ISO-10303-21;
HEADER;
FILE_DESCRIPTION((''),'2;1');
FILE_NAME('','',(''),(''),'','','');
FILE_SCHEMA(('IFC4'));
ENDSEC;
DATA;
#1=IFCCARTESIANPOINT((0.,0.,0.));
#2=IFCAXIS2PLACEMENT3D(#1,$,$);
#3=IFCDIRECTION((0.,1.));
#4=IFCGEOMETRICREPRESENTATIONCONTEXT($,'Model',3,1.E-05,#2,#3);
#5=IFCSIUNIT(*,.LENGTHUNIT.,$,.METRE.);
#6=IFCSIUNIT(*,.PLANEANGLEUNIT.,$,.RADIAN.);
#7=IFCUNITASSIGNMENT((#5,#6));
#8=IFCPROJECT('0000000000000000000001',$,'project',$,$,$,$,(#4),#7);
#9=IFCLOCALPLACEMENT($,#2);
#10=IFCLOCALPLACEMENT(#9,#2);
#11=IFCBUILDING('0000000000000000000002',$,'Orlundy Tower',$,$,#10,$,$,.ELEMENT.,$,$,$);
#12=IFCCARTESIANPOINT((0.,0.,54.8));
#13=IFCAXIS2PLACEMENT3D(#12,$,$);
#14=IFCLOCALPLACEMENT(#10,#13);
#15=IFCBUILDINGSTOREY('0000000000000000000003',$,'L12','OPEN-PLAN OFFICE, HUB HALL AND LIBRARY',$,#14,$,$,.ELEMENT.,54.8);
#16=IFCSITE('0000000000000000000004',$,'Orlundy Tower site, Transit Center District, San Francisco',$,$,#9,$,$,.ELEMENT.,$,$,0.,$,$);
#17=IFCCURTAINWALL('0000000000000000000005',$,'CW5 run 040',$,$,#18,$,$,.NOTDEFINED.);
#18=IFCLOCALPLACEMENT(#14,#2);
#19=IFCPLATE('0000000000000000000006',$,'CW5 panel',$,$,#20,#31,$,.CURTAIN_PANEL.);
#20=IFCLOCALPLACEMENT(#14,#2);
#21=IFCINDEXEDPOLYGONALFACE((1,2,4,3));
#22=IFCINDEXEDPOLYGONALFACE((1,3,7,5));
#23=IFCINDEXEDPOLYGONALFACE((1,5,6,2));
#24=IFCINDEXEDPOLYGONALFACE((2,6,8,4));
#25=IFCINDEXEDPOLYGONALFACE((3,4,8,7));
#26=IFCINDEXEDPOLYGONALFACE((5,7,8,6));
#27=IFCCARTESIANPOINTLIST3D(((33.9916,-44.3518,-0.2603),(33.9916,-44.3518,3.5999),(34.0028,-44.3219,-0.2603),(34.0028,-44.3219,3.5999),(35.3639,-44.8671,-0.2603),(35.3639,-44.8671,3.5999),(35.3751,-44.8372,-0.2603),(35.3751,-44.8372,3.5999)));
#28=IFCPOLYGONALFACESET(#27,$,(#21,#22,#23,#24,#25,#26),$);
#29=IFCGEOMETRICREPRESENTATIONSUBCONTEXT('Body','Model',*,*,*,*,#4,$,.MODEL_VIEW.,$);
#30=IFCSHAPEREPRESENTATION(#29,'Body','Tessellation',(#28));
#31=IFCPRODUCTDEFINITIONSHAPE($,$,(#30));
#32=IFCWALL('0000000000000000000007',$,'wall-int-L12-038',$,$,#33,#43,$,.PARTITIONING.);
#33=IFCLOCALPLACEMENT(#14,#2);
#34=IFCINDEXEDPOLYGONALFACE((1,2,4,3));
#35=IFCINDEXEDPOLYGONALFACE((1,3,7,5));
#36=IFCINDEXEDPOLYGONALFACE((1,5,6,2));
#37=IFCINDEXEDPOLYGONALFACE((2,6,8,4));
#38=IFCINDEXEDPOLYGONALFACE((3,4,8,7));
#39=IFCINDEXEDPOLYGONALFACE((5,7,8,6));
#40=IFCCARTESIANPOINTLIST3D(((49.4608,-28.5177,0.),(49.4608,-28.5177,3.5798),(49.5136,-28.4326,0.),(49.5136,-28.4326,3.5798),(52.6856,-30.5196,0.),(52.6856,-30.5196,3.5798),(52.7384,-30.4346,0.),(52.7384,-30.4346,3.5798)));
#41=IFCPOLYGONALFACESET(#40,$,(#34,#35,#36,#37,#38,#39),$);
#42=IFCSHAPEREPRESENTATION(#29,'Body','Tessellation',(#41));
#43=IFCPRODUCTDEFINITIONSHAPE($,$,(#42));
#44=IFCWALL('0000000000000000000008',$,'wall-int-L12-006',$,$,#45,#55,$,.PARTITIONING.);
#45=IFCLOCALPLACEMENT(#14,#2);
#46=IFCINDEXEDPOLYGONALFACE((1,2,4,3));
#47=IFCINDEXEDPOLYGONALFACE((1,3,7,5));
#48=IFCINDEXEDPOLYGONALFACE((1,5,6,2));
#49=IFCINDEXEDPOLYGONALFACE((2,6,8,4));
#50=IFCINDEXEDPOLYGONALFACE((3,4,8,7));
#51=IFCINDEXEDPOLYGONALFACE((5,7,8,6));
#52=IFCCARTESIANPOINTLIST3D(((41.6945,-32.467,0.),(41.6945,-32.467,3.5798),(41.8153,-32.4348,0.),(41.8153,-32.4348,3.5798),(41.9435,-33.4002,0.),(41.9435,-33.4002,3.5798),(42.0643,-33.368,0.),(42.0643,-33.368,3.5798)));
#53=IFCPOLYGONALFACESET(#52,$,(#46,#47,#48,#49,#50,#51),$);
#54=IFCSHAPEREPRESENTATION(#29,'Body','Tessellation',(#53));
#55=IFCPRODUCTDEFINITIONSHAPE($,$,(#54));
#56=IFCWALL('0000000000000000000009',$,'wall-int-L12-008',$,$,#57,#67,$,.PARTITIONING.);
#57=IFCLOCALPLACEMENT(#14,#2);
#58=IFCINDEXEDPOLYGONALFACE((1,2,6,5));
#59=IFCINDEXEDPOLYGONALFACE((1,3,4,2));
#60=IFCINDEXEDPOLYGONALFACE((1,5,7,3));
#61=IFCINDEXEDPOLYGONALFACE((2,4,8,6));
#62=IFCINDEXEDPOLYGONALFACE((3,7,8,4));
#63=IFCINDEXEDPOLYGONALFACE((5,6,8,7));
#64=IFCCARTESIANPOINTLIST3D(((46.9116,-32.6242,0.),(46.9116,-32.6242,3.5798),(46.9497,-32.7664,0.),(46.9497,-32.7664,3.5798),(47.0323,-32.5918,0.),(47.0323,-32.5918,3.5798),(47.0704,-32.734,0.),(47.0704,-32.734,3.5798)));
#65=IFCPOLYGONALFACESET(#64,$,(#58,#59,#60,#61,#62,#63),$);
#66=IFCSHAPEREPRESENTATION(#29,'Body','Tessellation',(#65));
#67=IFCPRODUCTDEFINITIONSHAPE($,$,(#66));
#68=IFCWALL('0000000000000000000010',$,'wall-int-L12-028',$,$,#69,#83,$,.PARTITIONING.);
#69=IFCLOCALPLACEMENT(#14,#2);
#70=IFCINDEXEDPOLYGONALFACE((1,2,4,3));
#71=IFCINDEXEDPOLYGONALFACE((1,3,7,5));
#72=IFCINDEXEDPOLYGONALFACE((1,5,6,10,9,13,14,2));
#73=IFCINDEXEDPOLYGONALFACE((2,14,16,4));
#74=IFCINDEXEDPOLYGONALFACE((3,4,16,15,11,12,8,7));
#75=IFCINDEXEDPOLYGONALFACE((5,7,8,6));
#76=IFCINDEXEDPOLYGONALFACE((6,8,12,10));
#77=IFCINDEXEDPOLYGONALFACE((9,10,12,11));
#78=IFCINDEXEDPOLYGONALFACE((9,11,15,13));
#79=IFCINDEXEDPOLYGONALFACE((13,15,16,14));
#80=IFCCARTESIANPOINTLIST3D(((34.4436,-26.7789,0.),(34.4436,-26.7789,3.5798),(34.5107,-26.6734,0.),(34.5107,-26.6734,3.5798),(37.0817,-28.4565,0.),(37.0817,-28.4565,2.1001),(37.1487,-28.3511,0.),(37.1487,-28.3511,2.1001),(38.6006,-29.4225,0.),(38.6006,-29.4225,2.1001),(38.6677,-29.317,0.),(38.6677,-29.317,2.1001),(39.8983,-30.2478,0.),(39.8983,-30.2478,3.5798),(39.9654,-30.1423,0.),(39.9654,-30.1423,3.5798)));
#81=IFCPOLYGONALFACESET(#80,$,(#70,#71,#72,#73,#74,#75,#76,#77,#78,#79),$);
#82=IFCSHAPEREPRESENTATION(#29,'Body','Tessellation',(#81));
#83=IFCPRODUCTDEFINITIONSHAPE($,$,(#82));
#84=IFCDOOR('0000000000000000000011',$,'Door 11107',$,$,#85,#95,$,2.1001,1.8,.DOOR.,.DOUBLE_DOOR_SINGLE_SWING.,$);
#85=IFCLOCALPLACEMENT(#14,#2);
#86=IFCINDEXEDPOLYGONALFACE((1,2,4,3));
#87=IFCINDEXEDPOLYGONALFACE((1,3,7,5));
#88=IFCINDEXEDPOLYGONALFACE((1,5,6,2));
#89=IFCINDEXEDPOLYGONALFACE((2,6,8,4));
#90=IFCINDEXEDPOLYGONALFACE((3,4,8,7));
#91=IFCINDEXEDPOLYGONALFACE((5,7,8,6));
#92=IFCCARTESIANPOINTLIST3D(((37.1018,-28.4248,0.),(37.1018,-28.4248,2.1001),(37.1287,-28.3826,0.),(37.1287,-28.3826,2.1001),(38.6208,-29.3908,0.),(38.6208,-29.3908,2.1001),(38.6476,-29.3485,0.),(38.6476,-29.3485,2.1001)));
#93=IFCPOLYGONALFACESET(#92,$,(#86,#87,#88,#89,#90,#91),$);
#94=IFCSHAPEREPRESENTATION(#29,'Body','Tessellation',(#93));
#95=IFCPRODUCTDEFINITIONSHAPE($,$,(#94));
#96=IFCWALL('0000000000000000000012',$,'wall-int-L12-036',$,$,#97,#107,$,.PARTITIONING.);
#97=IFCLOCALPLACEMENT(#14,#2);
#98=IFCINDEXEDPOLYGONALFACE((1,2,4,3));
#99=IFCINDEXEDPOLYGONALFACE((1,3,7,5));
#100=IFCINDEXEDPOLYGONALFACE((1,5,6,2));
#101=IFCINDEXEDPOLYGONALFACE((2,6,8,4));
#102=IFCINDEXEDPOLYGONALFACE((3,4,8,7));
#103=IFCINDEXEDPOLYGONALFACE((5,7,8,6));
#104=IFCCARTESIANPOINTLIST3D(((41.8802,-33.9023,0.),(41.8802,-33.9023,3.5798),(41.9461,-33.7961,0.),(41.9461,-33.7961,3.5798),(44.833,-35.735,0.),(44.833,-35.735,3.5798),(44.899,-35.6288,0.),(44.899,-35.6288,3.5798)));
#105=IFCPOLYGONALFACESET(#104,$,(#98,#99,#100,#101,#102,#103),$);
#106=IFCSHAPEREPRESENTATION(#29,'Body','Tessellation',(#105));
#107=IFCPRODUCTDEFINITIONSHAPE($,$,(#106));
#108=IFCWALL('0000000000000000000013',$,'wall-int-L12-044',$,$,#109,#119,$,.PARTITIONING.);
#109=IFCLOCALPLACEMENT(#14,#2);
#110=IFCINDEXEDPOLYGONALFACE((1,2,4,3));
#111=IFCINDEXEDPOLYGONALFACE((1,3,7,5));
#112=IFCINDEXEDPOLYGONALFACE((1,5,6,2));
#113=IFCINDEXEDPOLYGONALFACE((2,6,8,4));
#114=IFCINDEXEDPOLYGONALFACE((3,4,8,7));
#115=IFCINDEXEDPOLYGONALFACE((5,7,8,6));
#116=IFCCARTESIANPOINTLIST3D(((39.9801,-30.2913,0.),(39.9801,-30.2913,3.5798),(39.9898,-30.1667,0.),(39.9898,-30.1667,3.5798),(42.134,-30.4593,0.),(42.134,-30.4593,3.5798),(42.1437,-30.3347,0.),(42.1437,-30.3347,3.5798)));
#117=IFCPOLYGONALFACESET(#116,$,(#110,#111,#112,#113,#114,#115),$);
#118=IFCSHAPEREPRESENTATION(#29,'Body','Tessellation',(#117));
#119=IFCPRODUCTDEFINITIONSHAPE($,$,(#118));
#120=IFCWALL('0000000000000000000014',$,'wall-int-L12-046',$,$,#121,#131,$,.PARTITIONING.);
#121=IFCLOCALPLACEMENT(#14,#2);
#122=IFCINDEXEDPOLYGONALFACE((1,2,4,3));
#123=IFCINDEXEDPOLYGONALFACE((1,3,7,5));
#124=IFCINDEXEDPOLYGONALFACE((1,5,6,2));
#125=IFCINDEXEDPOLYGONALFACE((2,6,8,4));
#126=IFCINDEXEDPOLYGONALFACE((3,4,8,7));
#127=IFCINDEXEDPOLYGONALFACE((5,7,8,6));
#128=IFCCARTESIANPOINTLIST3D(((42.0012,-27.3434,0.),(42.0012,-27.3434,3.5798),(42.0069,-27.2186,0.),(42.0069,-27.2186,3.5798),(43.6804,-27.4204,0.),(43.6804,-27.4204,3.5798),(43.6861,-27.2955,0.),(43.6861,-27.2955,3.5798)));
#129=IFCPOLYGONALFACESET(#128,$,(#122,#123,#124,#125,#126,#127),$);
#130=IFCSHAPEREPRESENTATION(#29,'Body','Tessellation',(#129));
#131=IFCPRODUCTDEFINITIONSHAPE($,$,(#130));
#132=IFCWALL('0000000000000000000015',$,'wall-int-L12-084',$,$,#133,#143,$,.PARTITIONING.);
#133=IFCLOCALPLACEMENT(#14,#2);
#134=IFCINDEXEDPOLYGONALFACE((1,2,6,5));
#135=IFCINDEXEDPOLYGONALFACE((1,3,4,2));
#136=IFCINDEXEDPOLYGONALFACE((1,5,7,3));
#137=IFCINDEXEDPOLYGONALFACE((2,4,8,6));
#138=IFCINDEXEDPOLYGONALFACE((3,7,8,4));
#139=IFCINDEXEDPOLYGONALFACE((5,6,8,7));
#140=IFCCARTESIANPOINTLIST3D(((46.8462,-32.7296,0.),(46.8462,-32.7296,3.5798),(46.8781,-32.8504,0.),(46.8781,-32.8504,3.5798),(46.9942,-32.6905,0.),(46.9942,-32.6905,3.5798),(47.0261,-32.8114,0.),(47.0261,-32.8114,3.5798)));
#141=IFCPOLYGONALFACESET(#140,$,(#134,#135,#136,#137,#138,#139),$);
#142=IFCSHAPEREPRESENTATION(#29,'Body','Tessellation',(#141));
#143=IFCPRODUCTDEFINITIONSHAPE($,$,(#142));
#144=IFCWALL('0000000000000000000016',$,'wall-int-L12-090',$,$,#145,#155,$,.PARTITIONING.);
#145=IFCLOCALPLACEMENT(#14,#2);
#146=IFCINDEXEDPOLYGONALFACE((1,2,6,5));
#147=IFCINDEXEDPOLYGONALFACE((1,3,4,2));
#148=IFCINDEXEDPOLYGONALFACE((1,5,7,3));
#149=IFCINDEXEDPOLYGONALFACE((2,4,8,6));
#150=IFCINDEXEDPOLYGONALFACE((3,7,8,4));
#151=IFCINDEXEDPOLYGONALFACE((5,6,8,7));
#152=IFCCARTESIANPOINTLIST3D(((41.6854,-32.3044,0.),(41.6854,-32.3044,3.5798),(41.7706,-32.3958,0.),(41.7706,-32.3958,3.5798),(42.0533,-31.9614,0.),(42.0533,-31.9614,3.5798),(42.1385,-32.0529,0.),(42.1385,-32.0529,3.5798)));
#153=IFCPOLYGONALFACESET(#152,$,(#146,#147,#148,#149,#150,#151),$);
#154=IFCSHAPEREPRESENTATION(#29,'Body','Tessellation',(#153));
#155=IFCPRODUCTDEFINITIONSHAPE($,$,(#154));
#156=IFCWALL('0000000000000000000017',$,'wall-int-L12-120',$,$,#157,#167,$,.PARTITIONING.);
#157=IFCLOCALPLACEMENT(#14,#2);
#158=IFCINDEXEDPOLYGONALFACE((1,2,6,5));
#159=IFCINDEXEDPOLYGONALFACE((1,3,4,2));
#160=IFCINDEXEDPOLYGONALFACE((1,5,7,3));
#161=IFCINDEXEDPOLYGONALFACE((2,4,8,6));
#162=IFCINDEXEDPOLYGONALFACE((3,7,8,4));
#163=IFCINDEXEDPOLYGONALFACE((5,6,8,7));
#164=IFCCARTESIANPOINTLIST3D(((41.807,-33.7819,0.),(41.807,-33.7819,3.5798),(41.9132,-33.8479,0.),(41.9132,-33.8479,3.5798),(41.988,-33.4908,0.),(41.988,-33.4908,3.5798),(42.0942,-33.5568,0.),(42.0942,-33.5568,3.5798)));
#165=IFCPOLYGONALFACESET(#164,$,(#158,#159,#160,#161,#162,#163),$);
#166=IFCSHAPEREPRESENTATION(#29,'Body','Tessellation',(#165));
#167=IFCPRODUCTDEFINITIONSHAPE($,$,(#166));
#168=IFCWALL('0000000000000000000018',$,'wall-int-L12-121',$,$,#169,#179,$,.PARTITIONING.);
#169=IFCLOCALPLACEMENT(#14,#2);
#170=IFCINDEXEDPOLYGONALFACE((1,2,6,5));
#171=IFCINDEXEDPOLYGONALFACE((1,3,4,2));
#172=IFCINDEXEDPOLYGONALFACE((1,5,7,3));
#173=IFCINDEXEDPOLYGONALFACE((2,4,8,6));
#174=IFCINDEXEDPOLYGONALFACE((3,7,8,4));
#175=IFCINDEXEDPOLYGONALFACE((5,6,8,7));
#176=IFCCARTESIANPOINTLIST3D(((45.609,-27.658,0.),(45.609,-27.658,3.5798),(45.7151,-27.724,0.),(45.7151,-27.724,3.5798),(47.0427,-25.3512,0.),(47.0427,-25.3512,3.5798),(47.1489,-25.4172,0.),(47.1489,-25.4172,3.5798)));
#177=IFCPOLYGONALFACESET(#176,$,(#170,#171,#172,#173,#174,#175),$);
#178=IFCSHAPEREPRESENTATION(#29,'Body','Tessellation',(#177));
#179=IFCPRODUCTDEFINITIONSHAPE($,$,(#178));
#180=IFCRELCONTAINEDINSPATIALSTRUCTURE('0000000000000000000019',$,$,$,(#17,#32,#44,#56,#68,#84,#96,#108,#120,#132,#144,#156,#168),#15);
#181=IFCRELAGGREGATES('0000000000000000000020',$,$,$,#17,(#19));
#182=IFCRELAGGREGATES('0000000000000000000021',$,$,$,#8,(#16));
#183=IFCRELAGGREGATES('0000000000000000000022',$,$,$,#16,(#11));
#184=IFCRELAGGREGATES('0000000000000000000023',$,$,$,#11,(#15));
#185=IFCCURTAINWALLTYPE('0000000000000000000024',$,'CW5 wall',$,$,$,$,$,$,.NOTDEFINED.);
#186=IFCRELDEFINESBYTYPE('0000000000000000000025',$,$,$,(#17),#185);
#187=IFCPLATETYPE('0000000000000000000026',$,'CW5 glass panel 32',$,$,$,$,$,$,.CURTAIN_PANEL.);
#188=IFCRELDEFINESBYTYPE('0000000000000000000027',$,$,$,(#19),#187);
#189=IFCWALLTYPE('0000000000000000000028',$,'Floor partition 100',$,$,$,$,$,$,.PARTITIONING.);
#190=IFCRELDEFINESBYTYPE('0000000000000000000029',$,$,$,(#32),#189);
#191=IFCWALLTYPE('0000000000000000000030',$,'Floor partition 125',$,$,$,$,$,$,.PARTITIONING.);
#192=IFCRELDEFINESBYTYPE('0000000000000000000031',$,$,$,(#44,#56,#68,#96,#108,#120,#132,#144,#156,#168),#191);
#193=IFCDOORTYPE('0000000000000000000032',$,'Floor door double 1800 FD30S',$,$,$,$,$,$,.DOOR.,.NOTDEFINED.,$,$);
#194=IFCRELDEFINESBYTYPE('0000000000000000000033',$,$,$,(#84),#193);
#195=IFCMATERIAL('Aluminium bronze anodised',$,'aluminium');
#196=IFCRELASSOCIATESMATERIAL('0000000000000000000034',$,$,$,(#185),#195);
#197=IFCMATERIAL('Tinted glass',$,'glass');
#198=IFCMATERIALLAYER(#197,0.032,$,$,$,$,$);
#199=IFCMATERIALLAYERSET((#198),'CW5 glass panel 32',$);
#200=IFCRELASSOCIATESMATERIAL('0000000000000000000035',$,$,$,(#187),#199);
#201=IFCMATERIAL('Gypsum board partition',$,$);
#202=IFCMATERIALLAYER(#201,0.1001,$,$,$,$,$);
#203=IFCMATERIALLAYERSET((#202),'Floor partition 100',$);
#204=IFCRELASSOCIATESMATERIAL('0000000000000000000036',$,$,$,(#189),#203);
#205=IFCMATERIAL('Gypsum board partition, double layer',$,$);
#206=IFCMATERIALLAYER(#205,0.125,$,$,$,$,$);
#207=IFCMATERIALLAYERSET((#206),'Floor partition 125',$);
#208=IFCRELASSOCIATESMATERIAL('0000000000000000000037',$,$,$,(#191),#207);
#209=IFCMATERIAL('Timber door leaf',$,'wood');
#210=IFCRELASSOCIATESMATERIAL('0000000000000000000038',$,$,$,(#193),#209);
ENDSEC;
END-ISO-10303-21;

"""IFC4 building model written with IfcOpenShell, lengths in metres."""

from ifc_helpers import new_model, si_unit, direction, frame, frame_2d, origin, origin_2d, place, context, subcontext, project, spatial, rectangle, extrude, material, layer, layer_set, type_object, element, fill, aggregate, save


model = new_model("IFC4")

# Units and contexts
model_context = context("Model", 3, precision=1e-05, world=origin(), true_north=direction((0.0, 1.0)))
body_context = subcontext(model_context, "Body", "Model", "MODEL_VIEW")
ifc_project = project(units=[si_unit("LENGTHUNIT", "METRE"), si_unit("PLANEANGLEUNIT", "RADIAN")], contexts=[model_context])

# Site, building, storey
site_placement = place(None, origin())
site = spatial("IfcSite", under=ifc_project, at=site_placement, Name="Orlundy Tower site, Transit Center District, San Francisco", CompositionType="ELEMENT", RefElevation=0.0)
building_placement = place(site_placement, origin())
building = spatial("IfcBuilding", under=site, at=building_placement, Name="Orlundy Tower", CompositionType="ELEMENT")
storey_placement = place(building_placement, frame((0.0, 0.0, 54.8)))
storey = spatial("IfcBuildingStorey", under=building, at=storey_placement, Name="L12", Description="OPEN-PLAN OFFICE, HUB HALL AND LIBRARY", CompositionType="ELEMENT", Elevation=54.8)

# Curtain wall
ifc_material_1 = material(Name="Aluminium bronze anodised", Category="aluminium")
curtain_wall_type = type_object("IfcCurtainWallType", Name="CW5 wall", PredefinedType="NOTDEFINED", material=ifc_material_1)
curtain_wall_1_placement = place(storey_placement, origin())
curtain_wall_1 = element("IfcCurtainWall", 1, at=curtain_wall_1_placement, inside=storey, type_object=curtain_wall_type, Name="CW5 run 040", PredefinedType="NOTDEFINED")

# Plate
ifc_material_2 = material(Name="Tinted glass", Category="glass")
ifc_layer_1 = layer(ifc_material_2, 0.032)
ifc_layer_set_1 = layer_set([ifc_layer_1], Name="CW5 glass panel 32")
plate_type = type_object("IfcPlateType", Name="CW5 glass panel 32", PredefinedType="CURTAIN_PANEL", material=ifc_layer_set_1)
plate_1_placement = place(storey_placement, frame((34.6833, -44.5945, -0.2603), z_axis=(0.0, 0.0, 1.0), x_axis=(-0.936174, 0.351537, 0.0)))
plate_1 = element("IfcPlate", 2, at=plate_1_placement, type_object=plate_type, Name="CW5 panel", PredefinedType="CURTAIN_PANEL", context=body_context, shape_type="SweptSolid", body=[
    extrude(rectangle(XDim=1.4658, YDim=0.032, at=origin_2d()), origin(), (0.0, 0.0, 1.0), 3.8601),
])
aggregate(curtain_wall_1, [plate_1])

# Walls
ifc_material_3 = material(Name="Gypsum board partition")
ifc_layer_2 = layer(ifc_material_3, 0.1001)
ifc_layer_set_2 = layer_set([ifc_layer_2], Name="Floor partition 100")
wall_type_1 = type_object("IfcWallType", Name="Floor partition 100", PredefinedType="PARTITIONING", material=ifc_layer_set_2)
wall_1_placement = place(storey_placement, frame((49.4871, -28.4751, 0.0), z_axis=(0.0, 0.0, 1.0), x_axis=(0.849602, -0.527424, 0.0)))
element("IfcWall", 3, at=wall_1_placement, inside=storey, type_object=wall_type_1, Name="wall-int-L12-038", PredefinedType="PARTITIONING", context=body_context, shape_type="SweptSolid", body=[
    extrude(rectangle(XDim=3.7957, YDim=0.1001, at=frame_2d((1.8979, 0.0))), origin(), (0.0, 0.0, 1.0), 3.5798),
])
ifc_material_4 = material(Name="Gypsum board partition, double layer")
ifc_layer_3 = layer(ifc_material_4, 0.125)
ifc_layer_set_3 = layer_set([ifc_layer_3], Name="Floor partition 125")
wall_type_2 = type_object("IfcWallType", Name="Floor partition 125", PredefinedType="PARTITIONING", material=ifc_layer_set_3)
wall_2_placement = place(storey_placement, frame((41.7549, -32.4509, 0.0), z_axis=(0.0, 0.0, 1.0), x_axis=(0.257851, -0.966185, 0.0)))
element("IfcWall", 4, at=wall_2_placement, inside=storey, type_object=wall_type_2, Name="wall-int-L12-006", PredefinedType="PARTITIONING", context=body_context, shape_type="SweptSolid", body=[
    extrude(rectangle(XDim=0.9658, YDim=0.125, at=frame_2d((0.4829, 0.0))), origin(), (0.0, 0.0, 1.0), 3.5798),
])
wall_3_placement = place(storey_placement, frame((46.9719, -32.6079, 0.0), z_axis=(0.0, 0.0, 1.0), x_axis=(0.258902, -0.965904, 0.0)))
element("IfcWall", 5, at=wall_3_placement, inside=storey, type_object=wall_type_2, Name="wall-int-L12-008", PredefinedType="PARTITIONING", context=body_context, shape_type="SweptSolid", body=[
    extrude(rectangle(XDim=0.1472, YDim=0.125, at=frame_2d((0.0737, 0.0))), origin(), (0.0, 0.0, 1.0), 3.5798),
])

# Wall, opening, door
wall_4_placement = place(storey_placement, frame((39.9319, -30.1951, 0.0), z_axis=(0.0, 0.0, 1.0), x_axis=(-0.84382, 0.536626, 0.0)))
wall_4 = element("IfcWall", 6, at=wall_4_placement, inside=storey, type_object=wall_type_2, Name="wall-int-L12-028", PredefinedType="PARTITIONING", context=body_context, shape_type="SweptSolid", body=[
    extrude(rectangle(XDim=6.4644, YDim=0.125, at=frame_2d((3.2322, 0.0))), origin(), (0.0, 0.0, 1.0), 3.5798),
])
opening_1_placement = place(wall_4_placement, frame((1.5381, 0.0, 0.0)))
opening_1 = element("IfcOpeningElement", 7, at=opening_1_placement, cuts=wall_4, PredefinedType="OPENING", context=body_context, shape_type="SweptSolid", body=[
    extrude(rectangle(XDim=1.8, YDim=2.1001, at=frame_2d((0.8999, 1.05))), frame((0.0, 0.0725, 0.0), z_axis=(0.0, -1.0, 0.0), x_axis=(1.0, 0.0, 0.0)), (0.0, 0.0, 1.0), 0.145),
])
ifc_material_5 = material(Name="Timber door leaf", Category="wood")
door_type = type_object("IfcDoorType", Name="Floor door double 1800 FD30S", OperationType="NOTDEFINED", PredefinedType="DOOR", material=ifc_material_5)
door_1_placement = place(opening_1_placement, origin())
door_1 = element("IfcDoor", 8, at=door_1_placement, inside=storey, type_object=door_type, Name="Door 11107", OperationType="DOUBLE_DOOR_SINGLE_SWING", OverallHeight=2.1001, OverallWidth=1.8, PredefinedType="DOOR", context=body_context, shape_type="SweptSolid", body=[
    extrude(rectangle(XDim=1.8, YDim=2.1001, at=frame_2d((0.8999, 1.05))), frame((0.0, 0.0249, 0.0), z_axis=(0.0, -1.0, 0.0), x_axis=(1.0, 0.0, 0.0)), (0.0, 0.0, 1.0), 0.05),
])
fill(opening_1, door_1)

# Walls
wall_5_placement = place(storey_placement, frame((41.9131, -33.8491, 0.0), z_axis=(0.0, 0.0, 1.0), x_axis=(0.849648, -0.527351, 0.0)))
element("IfcWall", 9, at=wall_5_placement, inside=storey, type_object=wall_type_2, Name="wall-int-L12-036", PredefinedType="PARTITIONING", context=body_context, shape_type="SweptSolid", body=[
    extrude(rectangle(XDim=3.4753, YDim=0.125, at=frame_2d((1.7378, 0.0))), origin(), (0.0, 0.0, 1.0), 3.5798),
])
wall_6_placement = place(storey_placement, frame((39.9851, -30.229, 0.0), z_axis=(0.0, 0.0, 1.0), x_axis=(0.996973, -0.077751, 0.0)))
element("IfcWall", 10, at=wall_6_placement, inside=storey, type_object=wall_type_2, Name="wall-int-L12-044", PredefinedType="PARTITIONING", context=body_context, shape_type="SweptSolid", body=[
    extrude(rectangle(XDim=2.1604, YDim=0.125, at=frame_2d((1.0801, 0.0))), origin(), (0.0, 0.0, 1.0), 3.5798),
])
wall_7_placement = place(storey_placement, frame((43.6831, -27.3579, 0.0), z_axis=(0.0, 0.0, 1.0), x_axis=(-0.998953, 0.04575, 0.0)))
element("IfcWall", 11, at=wall_7_placement, inside=storey, type_object=wall_type_2, Name="wall-int-L12-046", PredefinedType="PARTITIONING", context=body_context, shape_type="SweptSolid", body=[
    extrude(rectangle(XDim=1.6809, YDim=0.125, at=frame_2d((0.8403, 0.0))), origin(), (0.0, 0.0, 1.0), 3.5798),
])
wall_8_placement = place(storey_placement, frame((46.8621, -32.79, 0.0), z_axis=(0.0, 0.0, 1.0), x_axis=(0.966868, 0.255279, 0.0)))
element("IfcWall", 12, at=wall_8_placement, inside=storey, type_object=wall_type_2, Name="wall-int-L12-084", PredefinedType="PARTITIONING", context=body_context, shape_type="SweptSolid", body=[
    extrude(rectangle(XDim=0.1531, YDim=0.125, at=frame_2d((0.0767, 0.0))), origin(), (0.0, 0.0, 1.0), 3.5798),
])
wall_9_placement = place(storey_placement, frame((41.728, -32.3501, 0.0), z_axis=(0.0, 0.0, 1.0), x_axis=(0.731426, 0.68192, 0.0)))
element("IfcWall", 13, at=wall_9_placement, inside=storey, type_object=wall_type_2, Name="wall-int-L12-090", PredefinedType="PARTITIONING", context=body_context, shape_type="SweptSolid", body=[
    extrude(rectangle(XDim=0.5029, YDim=0.125, at=frame_2d((0.2515, 0.0))), origin(), (0.0, 0.0, 1.0), 3.5798),
])
wall_10_placement = place(storey_placement, frame((41.8601, -33.8149, 0.0), z_axis=(0.0, 0.0, 1.0), x_axis=(0.527948, 0.849277, 0.0)))
element("IfcWall", 14, at=wall_10_placement, inside=storey, type_object=wall_type_2, Name="wall-int-L12-120", PredefinedType="PARTITIONING", context=body_context, shape_type="SweptSolid", body=[
    extrude(rectangle(XDim=0.3428, YDim=0.125, at=frame_2d((0.1714, 0.0))), origin(), (0.0, 0.0, 1.0), 3.5798),
])
wall_11_placement = place(storey_placement, frame((45.6621, -27.6909, 0.0), z_axis=(0.0, 0.0, 1.0), x_axis=(0.527889, 0.849314, 0.0)))
element("IfcWall", 15, at=wall_11_placement, inside=storey, type_object=wall_type_2, Name="wall-int-L12-121", PredefinedType="PARTITIONING", context=body_context, shape_type="SweptSolid", body=[
    extrude(rectangle(XDim=2.7161, YDim=0.125, at=frame_2d((1.3579, 0.0))), origin(), (0.0, 0.0, 1.0), 3.5798),
])

save(model, "model.ifc")
